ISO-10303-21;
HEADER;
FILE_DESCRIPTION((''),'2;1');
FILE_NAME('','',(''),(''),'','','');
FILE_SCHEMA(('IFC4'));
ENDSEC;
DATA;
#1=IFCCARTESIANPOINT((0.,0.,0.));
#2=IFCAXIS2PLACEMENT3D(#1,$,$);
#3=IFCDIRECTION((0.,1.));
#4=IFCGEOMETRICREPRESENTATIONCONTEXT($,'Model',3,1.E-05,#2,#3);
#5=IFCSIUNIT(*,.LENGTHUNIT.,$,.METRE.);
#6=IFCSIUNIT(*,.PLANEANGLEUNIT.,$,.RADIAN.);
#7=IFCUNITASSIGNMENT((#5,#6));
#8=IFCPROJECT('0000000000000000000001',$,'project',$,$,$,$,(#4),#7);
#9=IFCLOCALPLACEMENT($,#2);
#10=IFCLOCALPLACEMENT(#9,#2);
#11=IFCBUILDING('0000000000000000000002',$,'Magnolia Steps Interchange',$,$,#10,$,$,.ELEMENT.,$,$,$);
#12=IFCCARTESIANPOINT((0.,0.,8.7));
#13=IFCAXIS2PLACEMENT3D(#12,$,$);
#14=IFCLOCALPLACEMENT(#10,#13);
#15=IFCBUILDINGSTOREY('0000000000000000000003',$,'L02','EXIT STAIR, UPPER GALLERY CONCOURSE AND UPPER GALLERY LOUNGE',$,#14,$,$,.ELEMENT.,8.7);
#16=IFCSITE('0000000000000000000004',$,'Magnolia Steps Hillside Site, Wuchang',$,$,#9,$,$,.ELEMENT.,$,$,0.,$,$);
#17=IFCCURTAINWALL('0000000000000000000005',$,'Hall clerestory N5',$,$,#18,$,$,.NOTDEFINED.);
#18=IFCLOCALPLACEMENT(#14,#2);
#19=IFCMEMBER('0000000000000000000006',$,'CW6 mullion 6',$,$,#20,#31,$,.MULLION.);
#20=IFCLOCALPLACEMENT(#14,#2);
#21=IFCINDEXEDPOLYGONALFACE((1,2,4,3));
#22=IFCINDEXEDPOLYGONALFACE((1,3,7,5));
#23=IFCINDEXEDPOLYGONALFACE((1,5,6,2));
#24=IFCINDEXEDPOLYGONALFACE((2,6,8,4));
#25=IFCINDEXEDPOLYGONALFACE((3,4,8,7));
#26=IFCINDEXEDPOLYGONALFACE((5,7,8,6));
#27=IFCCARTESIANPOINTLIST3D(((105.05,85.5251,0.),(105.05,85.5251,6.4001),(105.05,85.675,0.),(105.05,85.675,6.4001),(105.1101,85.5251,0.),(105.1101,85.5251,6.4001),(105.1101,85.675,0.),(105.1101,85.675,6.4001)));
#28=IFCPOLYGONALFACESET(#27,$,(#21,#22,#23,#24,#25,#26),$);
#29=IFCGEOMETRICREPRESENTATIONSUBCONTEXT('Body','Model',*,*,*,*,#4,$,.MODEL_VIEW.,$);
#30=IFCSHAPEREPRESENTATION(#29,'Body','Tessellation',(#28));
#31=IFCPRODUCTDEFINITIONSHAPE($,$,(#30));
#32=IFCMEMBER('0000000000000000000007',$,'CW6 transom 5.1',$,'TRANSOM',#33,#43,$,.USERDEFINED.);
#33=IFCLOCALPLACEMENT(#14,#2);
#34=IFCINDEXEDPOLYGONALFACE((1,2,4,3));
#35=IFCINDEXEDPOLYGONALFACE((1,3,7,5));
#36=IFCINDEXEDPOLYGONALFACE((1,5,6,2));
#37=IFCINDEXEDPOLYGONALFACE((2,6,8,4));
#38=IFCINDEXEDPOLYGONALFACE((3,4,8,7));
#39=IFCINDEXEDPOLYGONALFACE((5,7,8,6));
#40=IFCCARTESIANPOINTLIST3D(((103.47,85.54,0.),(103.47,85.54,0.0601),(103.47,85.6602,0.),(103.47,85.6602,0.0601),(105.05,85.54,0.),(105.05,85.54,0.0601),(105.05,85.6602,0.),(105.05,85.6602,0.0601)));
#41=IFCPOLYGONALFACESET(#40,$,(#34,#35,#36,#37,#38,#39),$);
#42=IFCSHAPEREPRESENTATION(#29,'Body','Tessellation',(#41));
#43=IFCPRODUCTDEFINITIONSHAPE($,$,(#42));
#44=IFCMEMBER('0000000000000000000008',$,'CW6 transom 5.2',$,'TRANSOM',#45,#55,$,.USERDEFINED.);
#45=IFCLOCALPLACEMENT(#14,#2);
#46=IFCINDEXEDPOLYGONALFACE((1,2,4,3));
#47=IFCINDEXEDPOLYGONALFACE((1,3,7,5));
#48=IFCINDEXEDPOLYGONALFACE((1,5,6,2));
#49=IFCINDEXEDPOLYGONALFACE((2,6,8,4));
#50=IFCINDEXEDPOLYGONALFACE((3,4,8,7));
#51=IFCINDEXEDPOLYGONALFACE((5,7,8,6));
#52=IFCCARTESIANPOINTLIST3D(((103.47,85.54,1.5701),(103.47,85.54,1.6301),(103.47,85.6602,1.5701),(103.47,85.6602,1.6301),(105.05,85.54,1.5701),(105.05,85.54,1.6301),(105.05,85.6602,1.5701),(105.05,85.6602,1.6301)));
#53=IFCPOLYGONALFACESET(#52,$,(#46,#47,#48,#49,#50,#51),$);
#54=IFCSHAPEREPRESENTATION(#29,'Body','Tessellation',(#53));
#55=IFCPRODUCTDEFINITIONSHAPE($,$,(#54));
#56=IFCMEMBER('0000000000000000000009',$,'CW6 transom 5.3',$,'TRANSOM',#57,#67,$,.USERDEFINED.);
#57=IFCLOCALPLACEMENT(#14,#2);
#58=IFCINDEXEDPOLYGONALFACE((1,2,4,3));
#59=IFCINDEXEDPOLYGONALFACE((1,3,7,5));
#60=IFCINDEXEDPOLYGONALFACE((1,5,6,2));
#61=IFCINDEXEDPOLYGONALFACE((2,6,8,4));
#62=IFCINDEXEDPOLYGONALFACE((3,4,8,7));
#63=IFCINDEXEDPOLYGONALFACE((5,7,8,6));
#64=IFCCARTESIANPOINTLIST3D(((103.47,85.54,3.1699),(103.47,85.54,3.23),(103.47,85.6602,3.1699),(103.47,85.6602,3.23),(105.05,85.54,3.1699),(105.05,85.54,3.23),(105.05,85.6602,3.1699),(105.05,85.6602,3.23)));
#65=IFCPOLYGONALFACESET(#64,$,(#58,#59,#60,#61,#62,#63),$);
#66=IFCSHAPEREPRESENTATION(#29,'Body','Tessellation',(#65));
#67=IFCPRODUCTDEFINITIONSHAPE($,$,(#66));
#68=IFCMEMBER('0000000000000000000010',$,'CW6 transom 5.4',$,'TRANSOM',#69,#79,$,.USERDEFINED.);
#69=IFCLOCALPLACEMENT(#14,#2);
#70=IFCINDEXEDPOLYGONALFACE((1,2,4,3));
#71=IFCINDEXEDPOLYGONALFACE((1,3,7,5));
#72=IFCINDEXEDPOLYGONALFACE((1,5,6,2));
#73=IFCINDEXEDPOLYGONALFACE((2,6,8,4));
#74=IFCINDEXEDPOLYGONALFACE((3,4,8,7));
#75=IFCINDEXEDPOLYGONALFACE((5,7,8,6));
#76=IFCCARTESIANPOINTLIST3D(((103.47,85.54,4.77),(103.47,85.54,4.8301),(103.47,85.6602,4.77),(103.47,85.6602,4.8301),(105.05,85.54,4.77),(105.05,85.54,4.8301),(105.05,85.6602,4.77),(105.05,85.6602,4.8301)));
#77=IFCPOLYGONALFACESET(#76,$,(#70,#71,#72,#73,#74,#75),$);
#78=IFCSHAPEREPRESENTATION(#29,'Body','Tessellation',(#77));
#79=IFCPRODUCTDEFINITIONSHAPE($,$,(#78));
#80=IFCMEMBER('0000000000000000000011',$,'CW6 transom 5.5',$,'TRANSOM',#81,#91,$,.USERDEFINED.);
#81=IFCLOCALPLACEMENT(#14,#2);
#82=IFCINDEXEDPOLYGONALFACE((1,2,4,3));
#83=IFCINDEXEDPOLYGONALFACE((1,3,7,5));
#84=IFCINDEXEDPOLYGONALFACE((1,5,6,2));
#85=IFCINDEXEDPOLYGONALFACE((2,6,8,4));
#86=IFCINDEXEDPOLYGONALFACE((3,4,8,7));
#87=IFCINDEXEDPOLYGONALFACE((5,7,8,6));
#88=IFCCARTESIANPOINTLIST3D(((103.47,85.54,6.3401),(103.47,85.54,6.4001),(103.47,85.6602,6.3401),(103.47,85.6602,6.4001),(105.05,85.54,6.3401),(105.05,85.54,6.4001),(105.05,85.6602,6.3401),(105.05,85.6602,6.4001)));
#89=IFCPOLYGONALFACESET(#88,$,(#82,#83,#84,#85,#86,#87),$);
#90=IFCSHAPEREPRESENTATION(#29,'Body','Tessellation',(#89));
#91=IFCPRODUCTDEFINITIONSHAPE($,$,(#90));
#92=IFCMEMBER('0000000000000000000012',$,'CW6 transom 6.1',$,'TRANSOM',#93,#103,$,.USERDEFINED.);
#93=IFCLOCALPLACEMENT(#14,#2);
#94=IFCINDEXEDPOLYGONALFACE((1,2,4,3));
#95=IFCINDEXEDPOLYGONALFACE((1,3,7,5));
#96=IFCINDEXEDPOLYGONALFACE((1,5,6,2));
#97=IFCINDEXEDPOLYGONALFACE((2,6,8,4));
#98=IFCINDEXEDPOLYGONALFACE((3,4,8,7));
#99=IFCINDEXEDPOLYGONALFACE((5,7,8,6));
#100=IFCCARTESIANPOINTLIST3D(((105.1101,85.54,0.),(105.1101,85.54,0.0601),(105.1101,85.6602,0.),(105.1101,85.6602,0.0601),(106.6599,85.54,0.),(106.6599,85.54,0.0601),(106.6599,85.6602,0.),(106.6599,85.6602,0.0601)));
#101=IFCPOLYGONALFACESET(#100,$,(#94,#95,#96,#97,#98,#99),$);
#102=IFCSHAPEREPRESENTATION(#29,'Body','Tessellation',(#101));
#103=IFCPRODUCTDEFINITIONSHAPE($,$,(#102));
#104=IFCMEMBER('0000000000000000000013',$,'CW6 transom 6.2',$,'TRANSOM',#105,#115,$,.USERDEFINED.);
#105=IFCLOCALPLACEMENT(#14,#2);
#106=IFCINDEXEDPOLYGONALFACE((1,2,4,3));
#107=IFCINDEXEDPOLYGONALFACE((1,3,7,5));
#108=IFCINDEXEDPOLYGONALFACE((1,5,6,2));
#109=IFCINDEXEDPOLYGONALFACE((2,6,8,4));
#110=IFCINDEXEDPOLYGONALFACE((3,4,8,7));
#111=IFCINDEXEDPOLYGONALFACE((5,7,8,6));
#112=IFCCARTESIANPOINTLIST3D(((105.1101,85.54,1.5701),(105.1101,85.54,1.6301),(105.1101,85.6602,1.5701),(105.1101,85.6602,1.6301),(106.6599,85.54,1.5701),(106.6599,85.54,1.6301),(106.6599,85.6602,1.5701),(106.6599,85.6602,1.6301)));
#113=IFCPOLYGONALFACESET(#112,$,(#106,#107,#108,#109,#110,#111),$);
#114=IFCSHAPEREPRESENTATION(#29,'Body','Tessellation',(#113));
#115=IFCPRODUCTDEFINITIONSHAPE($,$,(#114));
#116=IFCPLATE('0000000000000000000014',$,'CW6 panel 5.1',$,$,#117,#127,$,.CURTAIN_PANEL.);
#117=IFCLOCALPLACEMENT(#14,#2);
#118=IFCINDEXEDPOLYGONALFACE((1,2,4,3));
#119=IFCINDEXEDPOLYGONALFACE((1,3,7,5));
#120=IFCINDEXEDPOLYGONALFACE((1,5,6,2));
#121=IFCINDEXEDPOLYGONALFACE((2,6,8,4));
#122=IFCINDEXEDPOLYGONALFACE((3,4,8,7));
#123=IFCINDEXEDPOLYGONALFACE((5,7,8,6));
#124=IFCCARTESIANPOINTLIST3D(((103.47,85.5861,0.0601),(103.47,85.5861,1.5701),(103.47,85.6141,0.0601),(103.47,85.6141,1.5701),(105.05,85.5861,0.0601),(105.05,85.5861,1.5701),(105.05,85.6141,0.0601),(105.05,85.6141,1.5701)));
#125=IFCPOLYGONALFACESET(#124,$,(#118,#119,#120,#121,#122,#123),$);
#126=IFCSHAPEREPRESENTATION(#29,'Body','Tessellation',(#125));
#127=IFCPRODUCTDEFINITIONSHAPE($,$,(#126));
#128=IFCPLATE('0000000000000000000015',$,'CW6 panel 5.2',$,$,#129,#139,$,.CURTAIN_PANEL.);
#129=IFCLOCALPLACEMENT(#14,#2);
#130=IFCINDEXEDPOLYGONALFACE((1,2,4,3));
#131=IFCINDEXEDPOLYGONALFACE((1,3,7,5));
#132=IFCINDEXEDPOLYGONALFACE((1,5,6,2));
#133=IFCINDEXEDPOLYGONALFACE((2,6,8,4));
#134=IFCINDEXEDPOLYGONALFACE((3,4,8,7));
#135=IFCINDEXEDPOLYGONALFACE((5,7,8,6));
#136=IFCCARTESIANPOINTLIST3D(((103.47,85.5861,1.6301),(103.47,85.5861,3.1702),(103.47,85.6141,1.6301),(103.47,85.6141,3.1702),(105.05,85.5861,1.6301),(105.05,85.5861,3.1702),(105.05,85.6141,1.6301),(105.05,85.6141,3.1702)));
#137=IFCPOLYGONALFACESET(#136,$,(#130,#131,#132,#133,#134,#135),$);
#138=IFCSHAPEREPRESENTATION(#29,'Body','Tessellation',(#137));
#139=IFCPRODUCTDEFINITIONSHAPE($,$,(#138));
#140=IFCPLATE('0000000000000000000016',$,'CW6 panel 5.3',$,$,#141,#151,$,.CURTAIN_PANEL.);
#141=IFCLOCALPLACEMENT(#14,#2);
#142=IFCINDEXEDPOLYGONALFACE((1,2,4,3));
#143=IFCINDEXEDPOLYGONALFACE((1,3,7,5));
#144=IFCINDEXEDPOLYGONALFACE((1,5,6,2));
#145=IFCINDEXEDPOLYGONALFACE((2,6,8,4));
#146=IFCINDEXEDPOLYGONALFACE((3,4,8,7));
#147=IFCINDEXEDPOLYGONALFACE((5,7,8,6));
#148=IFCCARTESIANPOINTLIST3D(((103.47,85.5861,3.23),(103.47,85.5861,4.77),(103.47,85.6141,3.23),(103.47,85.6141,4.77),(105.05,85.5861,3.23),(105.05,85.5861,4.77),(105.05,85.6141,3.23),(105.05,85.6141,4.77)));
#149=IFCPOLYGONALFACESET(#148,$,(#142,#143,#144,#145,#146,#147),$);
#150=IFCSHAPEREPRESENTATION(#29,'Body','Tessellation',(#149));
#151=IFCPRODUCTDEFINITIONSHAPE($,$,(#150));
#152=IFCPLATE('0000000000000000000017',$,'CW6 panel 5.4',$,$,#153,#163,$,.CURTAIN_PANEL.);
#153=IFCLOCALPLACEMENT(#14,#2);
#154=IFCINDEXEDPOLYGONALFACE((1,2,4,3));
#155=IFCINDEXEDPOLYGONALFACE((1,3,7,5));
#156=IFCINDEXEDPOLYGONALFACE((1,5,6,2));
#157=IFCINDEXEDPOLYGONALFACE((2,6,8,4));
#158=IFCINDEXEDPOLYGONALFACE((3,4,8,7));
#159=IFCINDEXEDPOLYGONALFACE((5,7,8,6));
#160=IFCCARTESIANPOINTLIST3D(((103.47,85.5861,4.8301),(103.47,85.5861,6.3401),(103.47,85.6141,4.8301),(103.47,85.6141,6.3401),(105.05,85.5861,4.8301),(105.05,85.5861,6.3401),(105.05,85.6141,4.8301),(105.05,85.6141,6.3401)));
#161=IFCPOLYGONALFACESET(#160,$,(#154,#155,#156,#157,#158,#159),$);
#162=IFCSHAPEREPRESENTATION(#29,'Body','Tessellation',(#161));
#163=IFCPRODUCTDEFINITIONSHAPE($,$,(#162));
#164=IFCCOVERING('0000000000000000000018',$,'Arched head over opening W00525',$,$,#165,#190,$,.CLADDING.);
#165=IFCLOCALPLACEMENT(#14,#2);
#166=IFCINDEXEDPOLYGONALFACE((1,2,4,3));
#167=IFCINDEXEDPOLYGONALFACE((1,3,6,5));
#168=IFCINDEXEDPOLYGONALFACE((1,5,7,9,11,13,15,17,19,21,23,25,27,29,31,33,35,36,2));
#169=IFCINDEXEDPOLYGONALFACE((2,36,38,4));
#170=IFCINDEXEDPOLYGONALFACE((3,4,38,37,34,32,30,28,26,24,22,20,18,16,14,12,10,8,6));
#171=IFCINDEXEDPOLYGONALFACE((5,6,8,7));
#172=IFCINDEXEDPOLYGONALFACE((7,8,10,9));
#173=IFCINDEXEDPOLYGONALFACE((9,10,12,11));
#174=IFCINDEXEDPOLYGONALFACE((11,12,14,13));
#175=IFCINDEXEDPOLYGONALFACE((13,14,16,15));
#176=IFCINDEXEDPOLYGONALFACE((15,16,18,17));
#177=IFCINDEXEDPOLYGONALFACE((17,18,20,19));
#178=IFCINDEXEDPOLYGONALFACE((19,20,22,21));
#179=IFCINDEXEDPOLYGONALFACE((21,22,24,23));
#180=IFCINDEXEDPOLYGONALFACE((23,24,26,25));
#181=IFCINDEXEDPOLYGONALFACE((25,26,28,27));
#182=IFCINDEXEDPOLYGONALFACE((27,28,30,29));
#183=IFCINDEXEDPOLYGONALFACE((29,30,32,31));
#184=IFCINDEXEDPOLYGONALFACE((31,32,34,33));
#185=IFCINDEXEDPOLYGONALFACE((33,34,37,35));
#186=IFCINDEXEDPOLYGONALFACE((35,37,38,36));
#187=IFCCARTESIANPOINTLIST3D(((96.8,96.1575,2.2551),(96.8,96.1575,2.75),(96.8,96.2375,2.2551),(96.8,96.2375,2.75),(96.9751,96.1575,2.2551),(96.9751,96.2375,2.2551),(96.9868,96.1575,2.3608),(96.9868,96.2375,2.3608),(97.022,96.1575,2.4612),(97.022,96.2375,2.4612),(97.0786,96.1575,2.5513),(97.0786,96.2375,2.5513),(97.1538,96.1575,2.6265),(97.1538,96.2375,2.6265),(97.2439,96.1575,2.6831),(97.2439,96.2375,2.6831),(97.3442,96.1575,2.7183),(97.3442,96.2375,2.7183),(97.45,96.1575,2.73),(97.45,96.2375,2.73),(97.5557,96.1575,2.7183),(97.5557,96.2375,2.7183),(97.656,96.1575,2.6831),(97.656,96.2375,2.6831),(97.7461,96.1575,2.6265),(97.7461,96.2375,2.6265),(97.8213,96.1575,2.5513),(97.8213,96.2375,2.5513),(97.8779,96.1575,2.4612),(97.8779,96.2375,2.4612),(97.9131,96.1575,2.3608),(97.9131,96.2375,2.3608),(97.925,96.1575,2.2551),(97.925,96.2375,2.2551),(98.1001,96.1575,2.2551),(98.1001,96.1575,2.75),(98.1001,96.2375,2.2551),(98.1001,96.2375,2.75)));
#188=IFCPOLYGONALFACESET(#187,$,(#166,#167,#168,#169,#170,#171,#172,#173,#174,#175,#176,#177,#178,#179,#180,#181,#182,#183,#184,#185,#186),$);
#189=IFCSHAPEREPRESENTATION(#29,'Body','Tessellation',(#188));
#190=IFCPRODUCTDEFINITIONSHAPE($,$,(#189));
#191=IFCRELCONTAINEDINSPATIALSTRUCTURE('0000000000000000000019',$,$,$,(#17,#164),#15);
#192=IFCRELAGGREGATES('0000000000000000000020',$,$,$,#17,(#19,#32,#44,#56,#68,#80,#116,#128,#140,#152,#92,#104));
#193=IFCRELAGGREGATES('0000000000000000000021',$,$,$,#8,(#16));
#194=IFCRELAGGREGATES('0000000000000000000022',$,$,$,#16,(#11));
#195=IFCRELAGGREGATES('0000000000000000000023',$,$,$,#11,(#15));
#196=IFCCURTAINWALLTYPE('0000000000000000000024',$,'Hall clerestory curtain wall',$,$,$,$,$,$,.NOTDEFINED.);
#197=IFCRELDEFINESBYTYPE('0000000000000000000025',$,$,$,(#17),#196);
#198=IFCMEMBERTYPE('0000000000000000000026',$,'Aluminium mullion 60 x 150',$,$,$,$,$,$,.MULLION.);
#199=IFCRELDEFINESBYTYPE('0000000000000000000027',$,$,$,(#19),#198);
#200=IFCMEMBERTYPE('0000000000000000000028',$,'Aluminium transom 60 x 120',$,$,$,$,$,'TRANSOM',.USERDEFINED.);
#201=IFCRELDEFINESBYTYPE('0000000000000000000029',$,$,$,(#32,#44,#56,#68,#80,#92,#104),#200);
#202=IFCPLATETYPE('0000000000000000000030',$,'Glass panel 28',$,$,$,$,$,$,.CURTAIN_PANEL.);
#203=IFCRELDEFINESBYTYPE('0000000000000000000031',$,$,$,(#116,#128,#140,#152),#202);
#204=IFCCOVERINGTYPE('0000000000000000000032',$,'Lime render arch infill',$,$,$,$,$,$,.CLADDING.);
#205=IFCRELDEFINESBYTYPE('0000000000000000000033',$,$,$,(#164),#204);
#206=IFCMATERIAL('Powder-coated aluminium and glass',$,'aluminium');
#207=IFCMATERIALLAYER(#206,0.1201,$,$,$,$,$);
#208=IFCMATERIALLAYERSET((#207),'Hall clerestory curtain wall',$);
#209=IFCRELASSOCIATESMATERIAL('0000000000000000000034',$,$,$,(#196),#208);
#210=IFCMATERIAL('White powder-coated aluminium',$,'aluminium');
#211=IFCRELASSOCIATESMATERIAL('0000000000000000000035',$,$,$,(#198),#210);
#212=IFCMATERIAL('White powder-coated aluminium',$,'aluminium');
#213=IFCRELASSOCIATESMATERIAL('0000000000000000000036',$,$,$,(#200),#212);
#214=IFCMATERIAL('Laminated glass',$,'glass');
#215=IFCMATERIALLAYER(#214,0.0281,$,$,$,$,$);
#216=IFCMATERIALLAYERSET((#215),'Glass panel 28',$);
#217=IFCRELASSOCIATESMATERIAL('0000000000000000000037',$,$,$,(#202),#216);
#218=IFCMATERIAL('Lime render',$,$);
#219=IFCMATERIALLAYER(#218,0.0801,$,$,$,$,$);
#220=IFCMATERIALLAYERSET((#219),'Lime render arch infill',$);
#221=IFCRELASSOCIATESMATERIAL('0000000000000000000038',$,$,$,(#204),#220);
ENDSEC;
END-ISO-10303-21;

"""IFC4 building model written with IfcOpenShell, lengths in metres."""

from ifc_helpers import new_model, si_unit, direction, frame, origin, origin_2d, place, context, subcontext, project, spatial, polyline, rectangle, outline, extrude, material, layer, layer_set, material_profile, profile_set, type_object, element, aggregate, save


model = new_model("IFC4")

# Units and contexts
model_context = context("Model", 3, precision=1e-05, world=origin(), true_north=direction((0.0, 1.0)))
body_context = subcontext(model_context, "Body", "Model", "MODEL_VIEW")
ifc_project = project(units=[si_unit("LENGTHUNIT", "METRE"), si_unit("PLANEANGLEUNIT", "RADIAN")], contexts=[model_context])

# Site, building, storey
site_placement = place(None, origin())
site = spatial("IfcSite", under=ifc_project, at=site_placement, Name="Magnolia Steps Hillside Site, Wuchang", CompositionType="ELEMENT", RefElevation=0.0)
building_placement = place(site_placement, origin())
building = spatial("IfcBuilding", under=site, at=building_placement, Name="Magnolia Steps Interchange", CompositionType="ELEMENT")
storey_placement = place(building_placement, frame((0.0, 0.0, 8.7)))
storey = spatial("IfcBuildingStorey", under=building, at=storey_placement, Name="L02", Description="EXIT STAIR, UPPER GALLERY CONCOURSE AND UPPER GALLERY LOUNGE", CompositionType="ELEMENT", Elevation=8.7)

# Curtain wall, members, plates
ifc_material_1 = material(Name="Powder-coated aluminium and glass", Category="aluminium")
ifc_layer_1 = layer(ifc_material_1, 0.1201)
ifc_layer_set_1 = layer_set([ifc_layer_1], Name="Hall clerestory curtain wall")
curtain_wall_type = type_object("IfcCurtainWallType", Name="Hall clerestory curtain wall", PredefinedType="NOTDEFINED", material=ifc_layer_set_1)
curtain_wall_placement = place(storey_placement, origin())
curtain_wall = element("IfcCurtainWall", 1, at=curtain_wall_placement, inside=storey, type_object=curtain_wall_type, Name="Hall clerestory N5", PredefinedType="NOTDEFINED")
ifc_material_2 = material(Name="White powder-coated aluminium", Category="aluminium")
ifc_material_profile_1 = material_profile(ifc_material_2, rectangle(XDim=0.0601, YDim=0.1499, at=origin_2d()), Name="Aluminium mullion 60 x 150")
ifc_profile_set_1 = profile_set([ifc_material_profile_1], Name="White powder-coated aluminium")
member_type_1 = type_object("IfcMemberType", Name="Aluminium mullion 60 x 150", PredefinedType="MULLION", material=ifc_profile_set_1)
member_1_placement = place(storey_placement, frame((105.0801, 85.6001, 0.0), z_axis=(0.0, 0.0, 1.0), x_axis=(1.0, 0.0, 0.0)))
member_1 = element("IfcMember", 2, at=member_1_placement, type_object=member_type_1, Name="CW6 mullion 6", PredefinedType="MULLION", context=body_context, shape_type="SweptSolid", body=[
    extrude(rectangle(XDim=0.0601, YDim=0.1499, at=origin_2d()), origin(), (0.0, 0.0, 1.0), 6.4001),
])
ifc_material_3 = material(Name="White powder-coated aluminium", Category="aluminium")
ifc_material_profile_2 = material_profile(ifc_material_3, rectangle(XDim=0.0601, YDim=0.1201, at=origin_2d()), Name="Aluminium transom 60 x 120")
ifc_profile_set_2 = profile_set([ifc_material_profile_2], Name="White powder-coated aluminium")
member_type_2 = type_object("IfcMemberType", Name="Aluminium transom 60 x 120", ElementType="TRANSOM", PredefinedType="USERDEFINED", material=ifc_profile_set_2)
member_2_placement = place(storey_placement, frame((103.47, 85.6001, 0.03), z_axis=(1.0, 0.0, 0.0), x_axis=(0.0, 0.0, 1.0)))
member_2 = element("IfcMember", 3, at=member_2_placement, type_object=member_type_2, Name="CW6 transom 5.1", ObjectType="TRANSOM", PredefinedType="USERDEFINED", context=body_context, shape_type="SweptSolid", body=[
    extrude(rectangle(XDim=0.0601, YDim=0.1201, at=origin_2d()), origin(), (0.0, 0.0, 1.0), 1.5801),
])
member_3_placement = place(storey_placement, frame((103.47, 85.6001, 1.6001), z_axis=(1.0, 0.0, 0.0), x_axis=(0.0, 0.0, 1.0)))
member_3 = element("IfcMember", 4, at=member_3_placement, type_object=member_type_2, Name="CW6 transom 5.2", ObjectType="TRANSOM", PredefinedType="USERDEFINED", context=body_context, shape_type="SweptSolid", body=[
    extrude(rectangle(XDim=0.0601, YDim=0.1201, at=origin_2d()), origin(), (0.0, 0.0, 1.0), 1.5801),
])
member_4_placement = place(storey_placement, frame((103.47, 85.6001, 3.2), z_axis=(1.0, 0.0, 0.0), x_axis=(0.0, 0.0, 1.0)))
member_4 = element("IfcMember", 5, at=member_4_placement, type_object=member_type_2, Name="CW6 transom 5.3", ObjectType="TRANSOM", PredefinedType="USERDEFINED", context=body_context, shape_type="SweptSolid", body=[
    extrude(rectangle(XDim=0.0601, YDim=0.1201, at=origin_2d()), origin(), (0.0, 0.0, 1.0), 1.5801),
])
member_5_placement = place(storey_placement, frame((103.47, 85.6001, 4.8), z_axis=(1.0, 0.0, 0.0), x_axis=(0.0, 0.0, 1.0)))
member_5 = element("IfcMember", 6, at=member_5_placement, type_object=member_type_2, Name="CW6 transom 5.4", ObjectType="TRANSOM", PredefinedType="USERDEFINED", context=body_context, shape_type="SweptSolid", body=[
    extrude(rectangle(XDim=0.0601, YDim=0.1201, at=origin_2d()), origin(), (0.0, 0.0, 1.0), 1.5801),
])
member_6_placement = place(storey_placement, frame((103.47, 85.6001, 6.3701), z_axis=(1.0, 0.0, 0.0), x_axis=(0.0, 0.0, 1.0)))
member_6 = element("IfcMember", 7, at=member_6_placement, type_object=member_type_2, Name="CW6 transom 5.5", ObjectType="TRANSOM", PredefinedType="USERDEFINED", context=body_context, shape_type="SweptSolid", body=[
    extrude(rectangle(XDim=0.0601, YDim=0.1201, at=origin_2d()), origin(), (0.0, 0.0, 1.0), 1.5801),
])
member_7_placement = place(storey_placement, frame((105.1101, 85.6001, 0.03), z_axis=(1.0, 0.0, 0.0), x_axis=(0.0, 0.0, 1.0)))
member_7 = element("IfcMember", 8, at=member_7_placement, type_object=member_type_2, Name="CW6 transom 6.1", ObjectType="TRANSOM", PredefinedType="USERDEFINED", context=body_context, shape_type="SweptSolid", body=[
    extrude(rectangle(XDim=0.0601, YDim=0.1201, at=origin_2d()), origin(), (0.0, 0.0, 1.0), 1.5498),
])
member_8_placement = place(storey_placement, frame((105.1101, 85.6001, 1.6001), z_axis=(1.0, 0.0, 0.0), x_axis=(0.0, 0.0, 1.0)))
member_8 = element("IfcMember", 9, at=member_8_placement, type_object=member_type_2, Name="CW6 transom 6.2", ObjectType="TRANSOM", PredefinedType="USERDEFINED", context=body_context, shape_type="SweptSolid", body=[
    extrude(rectangle(XDim=0.0601, YDim=0.1201, at=origin_2d()), origin(), (0.0, 0.0, 1.0), 1.5498),
])
ifc_material_4 = material(Name="Laminated glass", Category="glass")
ifc_layer_2 = layer(ifc_material_4, 0.0281)
ifc_layer_set_2 = layer_set([ifc_layer_2], Name="Glass panel 28")
plate_type = type_object("IfcPlateType", Name="Glass panel 28", PredefinedType="CURTAIN_PANEL", material=ifc_layer_set_2)
plate_1_placement = place(storey_placement, frame((104.26, 85.6001, 0.0601), z_axis=(0.0, 0.0, 1.0), x_axis=(1.0, 0.0, 0.0)))
plate_1 = element("IfcPlate", 10, at=plate_1_placement, type_object=plate_type, Name="CW6 panel 5.1", PredefinedType="CURTAIN_PANEL", context=body_context, shape_type="SweptSolid", body=[
    extrude(rectangle(XDim=1.5801, YDim=0.0281, at=origin_2d()), origin(), (0.0, 0.0, 1.0), 1.51),
])
plate_2_placement = place(storey_placement, frame((104.26, 85.6001, 1.6301), z_axis=(0.0, 0.0, 1.0), x_axis=(1.0, 0.0, 0.0)))
plate_2 = element("IfcPlate", 11, at=plate_2_placement, type_object=plate_type, Name="CW6 panel 5.2", PredefinedType="CURTAIN_PANEL", context=body_context, shape_type="SweptSolid", body=[
    extrude(rectangle(XDim=1.5801, YDim=0.0281, at=origin_2d()), origin(), (0.0, 0.0, 1.0), 1.54),
])
plate_3_placement = place(storey_placement, frame((104.26, 85.6001, 3.23), z_axis=(0.0, 0.0, 1.0), x_axis=(1.0, 0.0, 0.0)))
plate_3 = element("IfcPlate", 12, at=plate_3_placement, type_object=plate_type, Name="CW6 panel 5.3", PredefinedType="CURTAIN_PANEL", context=body_context, shape_type="SweptSolid", body=[
    extrude(rectangle(XDim=1.5801, YDim=0.0281, at=origin_2d()), origin(), (0.0, 0.0, 1.0), 1.54),
])
plate_4_placement = place(storey_placement, frame((104.26, 85.6001, 4.8301), z_axis=(0.0, 0.0, 1.0), x_axis=(1.0, 0.0, 0.0)))
plate_4 = element("IfcPlate", 13, at=plate_4_placement, type_object=plate_type, Name="CW6 panel 5.4", PredefinedType="CURTAIN_PANEL", context=body_context, shape_type="SweptSolid", body=[
    extrude(rectangle(XDim=1.5801, YDim=0.0281, at=origin_2d()), origin(), (0.0, 0.0, 1.0), 1.51),
])
aggregate(curtain_wall, [member_1, member_2, member_3, member_4, member_5, member_6, plate_1, plate_2, plate_3, plate_4, member_7, member_8])

# Covering
ifc_material_5 = material(Name="Lime render")
ifc_layer_3 = layer(ifc_material_5, 0.0801)
ifc_layer_set_3 = layer_set([ifc_layer_3], Name="Lime render arch infill")
covering_type_1 = type_object("IfcCoveringType", Name="Lime render arch infill", PredefinedType="CLADDING", material=ifc_layer_set_3)
for number, where, z_axis, x_axis, name in (
    (14, (96.8, 96.2375, 2.2551), (0.0, 1.0, 0.0), (0.0, 0.0, 1.0), "Arched head over opening W00525"),
):
    element("IfcCovering", number, at=place(storey_placement, frame(where, z_axis=z_axis, x_axis=x_axis)), inside=storey, type_object=covering_type_1, Name=name, PredefinedType="CLADDING", context=body_context, shape_type="SweptSolid", body=[
        extrude(outline(polyline([(0.0, 0.0), (0.4949, 0.0), (0.4949, 1.3), (0.0, 1.3), (0.0, 1.125), (0.1057, 1.113), (0.2061, 1.0779), (0.2961, 1.0212), (0.3713, 0.946), (0.428, 0.856), (0.4631, 0.7556), (0.4749, 0.6499), (0.4631, 0.5442), (0.428, 0.4438), (0.3713, 0.3538), (0.2961, 0.2786), (0.2061, 0.2219), (0.1057, 0.1868), (0.0, 0.175), (0.0, 0.0)])), origin(), (0.0, 0.0, -1.0), 0.0801),
    ])

save(model, "model.ifc")
